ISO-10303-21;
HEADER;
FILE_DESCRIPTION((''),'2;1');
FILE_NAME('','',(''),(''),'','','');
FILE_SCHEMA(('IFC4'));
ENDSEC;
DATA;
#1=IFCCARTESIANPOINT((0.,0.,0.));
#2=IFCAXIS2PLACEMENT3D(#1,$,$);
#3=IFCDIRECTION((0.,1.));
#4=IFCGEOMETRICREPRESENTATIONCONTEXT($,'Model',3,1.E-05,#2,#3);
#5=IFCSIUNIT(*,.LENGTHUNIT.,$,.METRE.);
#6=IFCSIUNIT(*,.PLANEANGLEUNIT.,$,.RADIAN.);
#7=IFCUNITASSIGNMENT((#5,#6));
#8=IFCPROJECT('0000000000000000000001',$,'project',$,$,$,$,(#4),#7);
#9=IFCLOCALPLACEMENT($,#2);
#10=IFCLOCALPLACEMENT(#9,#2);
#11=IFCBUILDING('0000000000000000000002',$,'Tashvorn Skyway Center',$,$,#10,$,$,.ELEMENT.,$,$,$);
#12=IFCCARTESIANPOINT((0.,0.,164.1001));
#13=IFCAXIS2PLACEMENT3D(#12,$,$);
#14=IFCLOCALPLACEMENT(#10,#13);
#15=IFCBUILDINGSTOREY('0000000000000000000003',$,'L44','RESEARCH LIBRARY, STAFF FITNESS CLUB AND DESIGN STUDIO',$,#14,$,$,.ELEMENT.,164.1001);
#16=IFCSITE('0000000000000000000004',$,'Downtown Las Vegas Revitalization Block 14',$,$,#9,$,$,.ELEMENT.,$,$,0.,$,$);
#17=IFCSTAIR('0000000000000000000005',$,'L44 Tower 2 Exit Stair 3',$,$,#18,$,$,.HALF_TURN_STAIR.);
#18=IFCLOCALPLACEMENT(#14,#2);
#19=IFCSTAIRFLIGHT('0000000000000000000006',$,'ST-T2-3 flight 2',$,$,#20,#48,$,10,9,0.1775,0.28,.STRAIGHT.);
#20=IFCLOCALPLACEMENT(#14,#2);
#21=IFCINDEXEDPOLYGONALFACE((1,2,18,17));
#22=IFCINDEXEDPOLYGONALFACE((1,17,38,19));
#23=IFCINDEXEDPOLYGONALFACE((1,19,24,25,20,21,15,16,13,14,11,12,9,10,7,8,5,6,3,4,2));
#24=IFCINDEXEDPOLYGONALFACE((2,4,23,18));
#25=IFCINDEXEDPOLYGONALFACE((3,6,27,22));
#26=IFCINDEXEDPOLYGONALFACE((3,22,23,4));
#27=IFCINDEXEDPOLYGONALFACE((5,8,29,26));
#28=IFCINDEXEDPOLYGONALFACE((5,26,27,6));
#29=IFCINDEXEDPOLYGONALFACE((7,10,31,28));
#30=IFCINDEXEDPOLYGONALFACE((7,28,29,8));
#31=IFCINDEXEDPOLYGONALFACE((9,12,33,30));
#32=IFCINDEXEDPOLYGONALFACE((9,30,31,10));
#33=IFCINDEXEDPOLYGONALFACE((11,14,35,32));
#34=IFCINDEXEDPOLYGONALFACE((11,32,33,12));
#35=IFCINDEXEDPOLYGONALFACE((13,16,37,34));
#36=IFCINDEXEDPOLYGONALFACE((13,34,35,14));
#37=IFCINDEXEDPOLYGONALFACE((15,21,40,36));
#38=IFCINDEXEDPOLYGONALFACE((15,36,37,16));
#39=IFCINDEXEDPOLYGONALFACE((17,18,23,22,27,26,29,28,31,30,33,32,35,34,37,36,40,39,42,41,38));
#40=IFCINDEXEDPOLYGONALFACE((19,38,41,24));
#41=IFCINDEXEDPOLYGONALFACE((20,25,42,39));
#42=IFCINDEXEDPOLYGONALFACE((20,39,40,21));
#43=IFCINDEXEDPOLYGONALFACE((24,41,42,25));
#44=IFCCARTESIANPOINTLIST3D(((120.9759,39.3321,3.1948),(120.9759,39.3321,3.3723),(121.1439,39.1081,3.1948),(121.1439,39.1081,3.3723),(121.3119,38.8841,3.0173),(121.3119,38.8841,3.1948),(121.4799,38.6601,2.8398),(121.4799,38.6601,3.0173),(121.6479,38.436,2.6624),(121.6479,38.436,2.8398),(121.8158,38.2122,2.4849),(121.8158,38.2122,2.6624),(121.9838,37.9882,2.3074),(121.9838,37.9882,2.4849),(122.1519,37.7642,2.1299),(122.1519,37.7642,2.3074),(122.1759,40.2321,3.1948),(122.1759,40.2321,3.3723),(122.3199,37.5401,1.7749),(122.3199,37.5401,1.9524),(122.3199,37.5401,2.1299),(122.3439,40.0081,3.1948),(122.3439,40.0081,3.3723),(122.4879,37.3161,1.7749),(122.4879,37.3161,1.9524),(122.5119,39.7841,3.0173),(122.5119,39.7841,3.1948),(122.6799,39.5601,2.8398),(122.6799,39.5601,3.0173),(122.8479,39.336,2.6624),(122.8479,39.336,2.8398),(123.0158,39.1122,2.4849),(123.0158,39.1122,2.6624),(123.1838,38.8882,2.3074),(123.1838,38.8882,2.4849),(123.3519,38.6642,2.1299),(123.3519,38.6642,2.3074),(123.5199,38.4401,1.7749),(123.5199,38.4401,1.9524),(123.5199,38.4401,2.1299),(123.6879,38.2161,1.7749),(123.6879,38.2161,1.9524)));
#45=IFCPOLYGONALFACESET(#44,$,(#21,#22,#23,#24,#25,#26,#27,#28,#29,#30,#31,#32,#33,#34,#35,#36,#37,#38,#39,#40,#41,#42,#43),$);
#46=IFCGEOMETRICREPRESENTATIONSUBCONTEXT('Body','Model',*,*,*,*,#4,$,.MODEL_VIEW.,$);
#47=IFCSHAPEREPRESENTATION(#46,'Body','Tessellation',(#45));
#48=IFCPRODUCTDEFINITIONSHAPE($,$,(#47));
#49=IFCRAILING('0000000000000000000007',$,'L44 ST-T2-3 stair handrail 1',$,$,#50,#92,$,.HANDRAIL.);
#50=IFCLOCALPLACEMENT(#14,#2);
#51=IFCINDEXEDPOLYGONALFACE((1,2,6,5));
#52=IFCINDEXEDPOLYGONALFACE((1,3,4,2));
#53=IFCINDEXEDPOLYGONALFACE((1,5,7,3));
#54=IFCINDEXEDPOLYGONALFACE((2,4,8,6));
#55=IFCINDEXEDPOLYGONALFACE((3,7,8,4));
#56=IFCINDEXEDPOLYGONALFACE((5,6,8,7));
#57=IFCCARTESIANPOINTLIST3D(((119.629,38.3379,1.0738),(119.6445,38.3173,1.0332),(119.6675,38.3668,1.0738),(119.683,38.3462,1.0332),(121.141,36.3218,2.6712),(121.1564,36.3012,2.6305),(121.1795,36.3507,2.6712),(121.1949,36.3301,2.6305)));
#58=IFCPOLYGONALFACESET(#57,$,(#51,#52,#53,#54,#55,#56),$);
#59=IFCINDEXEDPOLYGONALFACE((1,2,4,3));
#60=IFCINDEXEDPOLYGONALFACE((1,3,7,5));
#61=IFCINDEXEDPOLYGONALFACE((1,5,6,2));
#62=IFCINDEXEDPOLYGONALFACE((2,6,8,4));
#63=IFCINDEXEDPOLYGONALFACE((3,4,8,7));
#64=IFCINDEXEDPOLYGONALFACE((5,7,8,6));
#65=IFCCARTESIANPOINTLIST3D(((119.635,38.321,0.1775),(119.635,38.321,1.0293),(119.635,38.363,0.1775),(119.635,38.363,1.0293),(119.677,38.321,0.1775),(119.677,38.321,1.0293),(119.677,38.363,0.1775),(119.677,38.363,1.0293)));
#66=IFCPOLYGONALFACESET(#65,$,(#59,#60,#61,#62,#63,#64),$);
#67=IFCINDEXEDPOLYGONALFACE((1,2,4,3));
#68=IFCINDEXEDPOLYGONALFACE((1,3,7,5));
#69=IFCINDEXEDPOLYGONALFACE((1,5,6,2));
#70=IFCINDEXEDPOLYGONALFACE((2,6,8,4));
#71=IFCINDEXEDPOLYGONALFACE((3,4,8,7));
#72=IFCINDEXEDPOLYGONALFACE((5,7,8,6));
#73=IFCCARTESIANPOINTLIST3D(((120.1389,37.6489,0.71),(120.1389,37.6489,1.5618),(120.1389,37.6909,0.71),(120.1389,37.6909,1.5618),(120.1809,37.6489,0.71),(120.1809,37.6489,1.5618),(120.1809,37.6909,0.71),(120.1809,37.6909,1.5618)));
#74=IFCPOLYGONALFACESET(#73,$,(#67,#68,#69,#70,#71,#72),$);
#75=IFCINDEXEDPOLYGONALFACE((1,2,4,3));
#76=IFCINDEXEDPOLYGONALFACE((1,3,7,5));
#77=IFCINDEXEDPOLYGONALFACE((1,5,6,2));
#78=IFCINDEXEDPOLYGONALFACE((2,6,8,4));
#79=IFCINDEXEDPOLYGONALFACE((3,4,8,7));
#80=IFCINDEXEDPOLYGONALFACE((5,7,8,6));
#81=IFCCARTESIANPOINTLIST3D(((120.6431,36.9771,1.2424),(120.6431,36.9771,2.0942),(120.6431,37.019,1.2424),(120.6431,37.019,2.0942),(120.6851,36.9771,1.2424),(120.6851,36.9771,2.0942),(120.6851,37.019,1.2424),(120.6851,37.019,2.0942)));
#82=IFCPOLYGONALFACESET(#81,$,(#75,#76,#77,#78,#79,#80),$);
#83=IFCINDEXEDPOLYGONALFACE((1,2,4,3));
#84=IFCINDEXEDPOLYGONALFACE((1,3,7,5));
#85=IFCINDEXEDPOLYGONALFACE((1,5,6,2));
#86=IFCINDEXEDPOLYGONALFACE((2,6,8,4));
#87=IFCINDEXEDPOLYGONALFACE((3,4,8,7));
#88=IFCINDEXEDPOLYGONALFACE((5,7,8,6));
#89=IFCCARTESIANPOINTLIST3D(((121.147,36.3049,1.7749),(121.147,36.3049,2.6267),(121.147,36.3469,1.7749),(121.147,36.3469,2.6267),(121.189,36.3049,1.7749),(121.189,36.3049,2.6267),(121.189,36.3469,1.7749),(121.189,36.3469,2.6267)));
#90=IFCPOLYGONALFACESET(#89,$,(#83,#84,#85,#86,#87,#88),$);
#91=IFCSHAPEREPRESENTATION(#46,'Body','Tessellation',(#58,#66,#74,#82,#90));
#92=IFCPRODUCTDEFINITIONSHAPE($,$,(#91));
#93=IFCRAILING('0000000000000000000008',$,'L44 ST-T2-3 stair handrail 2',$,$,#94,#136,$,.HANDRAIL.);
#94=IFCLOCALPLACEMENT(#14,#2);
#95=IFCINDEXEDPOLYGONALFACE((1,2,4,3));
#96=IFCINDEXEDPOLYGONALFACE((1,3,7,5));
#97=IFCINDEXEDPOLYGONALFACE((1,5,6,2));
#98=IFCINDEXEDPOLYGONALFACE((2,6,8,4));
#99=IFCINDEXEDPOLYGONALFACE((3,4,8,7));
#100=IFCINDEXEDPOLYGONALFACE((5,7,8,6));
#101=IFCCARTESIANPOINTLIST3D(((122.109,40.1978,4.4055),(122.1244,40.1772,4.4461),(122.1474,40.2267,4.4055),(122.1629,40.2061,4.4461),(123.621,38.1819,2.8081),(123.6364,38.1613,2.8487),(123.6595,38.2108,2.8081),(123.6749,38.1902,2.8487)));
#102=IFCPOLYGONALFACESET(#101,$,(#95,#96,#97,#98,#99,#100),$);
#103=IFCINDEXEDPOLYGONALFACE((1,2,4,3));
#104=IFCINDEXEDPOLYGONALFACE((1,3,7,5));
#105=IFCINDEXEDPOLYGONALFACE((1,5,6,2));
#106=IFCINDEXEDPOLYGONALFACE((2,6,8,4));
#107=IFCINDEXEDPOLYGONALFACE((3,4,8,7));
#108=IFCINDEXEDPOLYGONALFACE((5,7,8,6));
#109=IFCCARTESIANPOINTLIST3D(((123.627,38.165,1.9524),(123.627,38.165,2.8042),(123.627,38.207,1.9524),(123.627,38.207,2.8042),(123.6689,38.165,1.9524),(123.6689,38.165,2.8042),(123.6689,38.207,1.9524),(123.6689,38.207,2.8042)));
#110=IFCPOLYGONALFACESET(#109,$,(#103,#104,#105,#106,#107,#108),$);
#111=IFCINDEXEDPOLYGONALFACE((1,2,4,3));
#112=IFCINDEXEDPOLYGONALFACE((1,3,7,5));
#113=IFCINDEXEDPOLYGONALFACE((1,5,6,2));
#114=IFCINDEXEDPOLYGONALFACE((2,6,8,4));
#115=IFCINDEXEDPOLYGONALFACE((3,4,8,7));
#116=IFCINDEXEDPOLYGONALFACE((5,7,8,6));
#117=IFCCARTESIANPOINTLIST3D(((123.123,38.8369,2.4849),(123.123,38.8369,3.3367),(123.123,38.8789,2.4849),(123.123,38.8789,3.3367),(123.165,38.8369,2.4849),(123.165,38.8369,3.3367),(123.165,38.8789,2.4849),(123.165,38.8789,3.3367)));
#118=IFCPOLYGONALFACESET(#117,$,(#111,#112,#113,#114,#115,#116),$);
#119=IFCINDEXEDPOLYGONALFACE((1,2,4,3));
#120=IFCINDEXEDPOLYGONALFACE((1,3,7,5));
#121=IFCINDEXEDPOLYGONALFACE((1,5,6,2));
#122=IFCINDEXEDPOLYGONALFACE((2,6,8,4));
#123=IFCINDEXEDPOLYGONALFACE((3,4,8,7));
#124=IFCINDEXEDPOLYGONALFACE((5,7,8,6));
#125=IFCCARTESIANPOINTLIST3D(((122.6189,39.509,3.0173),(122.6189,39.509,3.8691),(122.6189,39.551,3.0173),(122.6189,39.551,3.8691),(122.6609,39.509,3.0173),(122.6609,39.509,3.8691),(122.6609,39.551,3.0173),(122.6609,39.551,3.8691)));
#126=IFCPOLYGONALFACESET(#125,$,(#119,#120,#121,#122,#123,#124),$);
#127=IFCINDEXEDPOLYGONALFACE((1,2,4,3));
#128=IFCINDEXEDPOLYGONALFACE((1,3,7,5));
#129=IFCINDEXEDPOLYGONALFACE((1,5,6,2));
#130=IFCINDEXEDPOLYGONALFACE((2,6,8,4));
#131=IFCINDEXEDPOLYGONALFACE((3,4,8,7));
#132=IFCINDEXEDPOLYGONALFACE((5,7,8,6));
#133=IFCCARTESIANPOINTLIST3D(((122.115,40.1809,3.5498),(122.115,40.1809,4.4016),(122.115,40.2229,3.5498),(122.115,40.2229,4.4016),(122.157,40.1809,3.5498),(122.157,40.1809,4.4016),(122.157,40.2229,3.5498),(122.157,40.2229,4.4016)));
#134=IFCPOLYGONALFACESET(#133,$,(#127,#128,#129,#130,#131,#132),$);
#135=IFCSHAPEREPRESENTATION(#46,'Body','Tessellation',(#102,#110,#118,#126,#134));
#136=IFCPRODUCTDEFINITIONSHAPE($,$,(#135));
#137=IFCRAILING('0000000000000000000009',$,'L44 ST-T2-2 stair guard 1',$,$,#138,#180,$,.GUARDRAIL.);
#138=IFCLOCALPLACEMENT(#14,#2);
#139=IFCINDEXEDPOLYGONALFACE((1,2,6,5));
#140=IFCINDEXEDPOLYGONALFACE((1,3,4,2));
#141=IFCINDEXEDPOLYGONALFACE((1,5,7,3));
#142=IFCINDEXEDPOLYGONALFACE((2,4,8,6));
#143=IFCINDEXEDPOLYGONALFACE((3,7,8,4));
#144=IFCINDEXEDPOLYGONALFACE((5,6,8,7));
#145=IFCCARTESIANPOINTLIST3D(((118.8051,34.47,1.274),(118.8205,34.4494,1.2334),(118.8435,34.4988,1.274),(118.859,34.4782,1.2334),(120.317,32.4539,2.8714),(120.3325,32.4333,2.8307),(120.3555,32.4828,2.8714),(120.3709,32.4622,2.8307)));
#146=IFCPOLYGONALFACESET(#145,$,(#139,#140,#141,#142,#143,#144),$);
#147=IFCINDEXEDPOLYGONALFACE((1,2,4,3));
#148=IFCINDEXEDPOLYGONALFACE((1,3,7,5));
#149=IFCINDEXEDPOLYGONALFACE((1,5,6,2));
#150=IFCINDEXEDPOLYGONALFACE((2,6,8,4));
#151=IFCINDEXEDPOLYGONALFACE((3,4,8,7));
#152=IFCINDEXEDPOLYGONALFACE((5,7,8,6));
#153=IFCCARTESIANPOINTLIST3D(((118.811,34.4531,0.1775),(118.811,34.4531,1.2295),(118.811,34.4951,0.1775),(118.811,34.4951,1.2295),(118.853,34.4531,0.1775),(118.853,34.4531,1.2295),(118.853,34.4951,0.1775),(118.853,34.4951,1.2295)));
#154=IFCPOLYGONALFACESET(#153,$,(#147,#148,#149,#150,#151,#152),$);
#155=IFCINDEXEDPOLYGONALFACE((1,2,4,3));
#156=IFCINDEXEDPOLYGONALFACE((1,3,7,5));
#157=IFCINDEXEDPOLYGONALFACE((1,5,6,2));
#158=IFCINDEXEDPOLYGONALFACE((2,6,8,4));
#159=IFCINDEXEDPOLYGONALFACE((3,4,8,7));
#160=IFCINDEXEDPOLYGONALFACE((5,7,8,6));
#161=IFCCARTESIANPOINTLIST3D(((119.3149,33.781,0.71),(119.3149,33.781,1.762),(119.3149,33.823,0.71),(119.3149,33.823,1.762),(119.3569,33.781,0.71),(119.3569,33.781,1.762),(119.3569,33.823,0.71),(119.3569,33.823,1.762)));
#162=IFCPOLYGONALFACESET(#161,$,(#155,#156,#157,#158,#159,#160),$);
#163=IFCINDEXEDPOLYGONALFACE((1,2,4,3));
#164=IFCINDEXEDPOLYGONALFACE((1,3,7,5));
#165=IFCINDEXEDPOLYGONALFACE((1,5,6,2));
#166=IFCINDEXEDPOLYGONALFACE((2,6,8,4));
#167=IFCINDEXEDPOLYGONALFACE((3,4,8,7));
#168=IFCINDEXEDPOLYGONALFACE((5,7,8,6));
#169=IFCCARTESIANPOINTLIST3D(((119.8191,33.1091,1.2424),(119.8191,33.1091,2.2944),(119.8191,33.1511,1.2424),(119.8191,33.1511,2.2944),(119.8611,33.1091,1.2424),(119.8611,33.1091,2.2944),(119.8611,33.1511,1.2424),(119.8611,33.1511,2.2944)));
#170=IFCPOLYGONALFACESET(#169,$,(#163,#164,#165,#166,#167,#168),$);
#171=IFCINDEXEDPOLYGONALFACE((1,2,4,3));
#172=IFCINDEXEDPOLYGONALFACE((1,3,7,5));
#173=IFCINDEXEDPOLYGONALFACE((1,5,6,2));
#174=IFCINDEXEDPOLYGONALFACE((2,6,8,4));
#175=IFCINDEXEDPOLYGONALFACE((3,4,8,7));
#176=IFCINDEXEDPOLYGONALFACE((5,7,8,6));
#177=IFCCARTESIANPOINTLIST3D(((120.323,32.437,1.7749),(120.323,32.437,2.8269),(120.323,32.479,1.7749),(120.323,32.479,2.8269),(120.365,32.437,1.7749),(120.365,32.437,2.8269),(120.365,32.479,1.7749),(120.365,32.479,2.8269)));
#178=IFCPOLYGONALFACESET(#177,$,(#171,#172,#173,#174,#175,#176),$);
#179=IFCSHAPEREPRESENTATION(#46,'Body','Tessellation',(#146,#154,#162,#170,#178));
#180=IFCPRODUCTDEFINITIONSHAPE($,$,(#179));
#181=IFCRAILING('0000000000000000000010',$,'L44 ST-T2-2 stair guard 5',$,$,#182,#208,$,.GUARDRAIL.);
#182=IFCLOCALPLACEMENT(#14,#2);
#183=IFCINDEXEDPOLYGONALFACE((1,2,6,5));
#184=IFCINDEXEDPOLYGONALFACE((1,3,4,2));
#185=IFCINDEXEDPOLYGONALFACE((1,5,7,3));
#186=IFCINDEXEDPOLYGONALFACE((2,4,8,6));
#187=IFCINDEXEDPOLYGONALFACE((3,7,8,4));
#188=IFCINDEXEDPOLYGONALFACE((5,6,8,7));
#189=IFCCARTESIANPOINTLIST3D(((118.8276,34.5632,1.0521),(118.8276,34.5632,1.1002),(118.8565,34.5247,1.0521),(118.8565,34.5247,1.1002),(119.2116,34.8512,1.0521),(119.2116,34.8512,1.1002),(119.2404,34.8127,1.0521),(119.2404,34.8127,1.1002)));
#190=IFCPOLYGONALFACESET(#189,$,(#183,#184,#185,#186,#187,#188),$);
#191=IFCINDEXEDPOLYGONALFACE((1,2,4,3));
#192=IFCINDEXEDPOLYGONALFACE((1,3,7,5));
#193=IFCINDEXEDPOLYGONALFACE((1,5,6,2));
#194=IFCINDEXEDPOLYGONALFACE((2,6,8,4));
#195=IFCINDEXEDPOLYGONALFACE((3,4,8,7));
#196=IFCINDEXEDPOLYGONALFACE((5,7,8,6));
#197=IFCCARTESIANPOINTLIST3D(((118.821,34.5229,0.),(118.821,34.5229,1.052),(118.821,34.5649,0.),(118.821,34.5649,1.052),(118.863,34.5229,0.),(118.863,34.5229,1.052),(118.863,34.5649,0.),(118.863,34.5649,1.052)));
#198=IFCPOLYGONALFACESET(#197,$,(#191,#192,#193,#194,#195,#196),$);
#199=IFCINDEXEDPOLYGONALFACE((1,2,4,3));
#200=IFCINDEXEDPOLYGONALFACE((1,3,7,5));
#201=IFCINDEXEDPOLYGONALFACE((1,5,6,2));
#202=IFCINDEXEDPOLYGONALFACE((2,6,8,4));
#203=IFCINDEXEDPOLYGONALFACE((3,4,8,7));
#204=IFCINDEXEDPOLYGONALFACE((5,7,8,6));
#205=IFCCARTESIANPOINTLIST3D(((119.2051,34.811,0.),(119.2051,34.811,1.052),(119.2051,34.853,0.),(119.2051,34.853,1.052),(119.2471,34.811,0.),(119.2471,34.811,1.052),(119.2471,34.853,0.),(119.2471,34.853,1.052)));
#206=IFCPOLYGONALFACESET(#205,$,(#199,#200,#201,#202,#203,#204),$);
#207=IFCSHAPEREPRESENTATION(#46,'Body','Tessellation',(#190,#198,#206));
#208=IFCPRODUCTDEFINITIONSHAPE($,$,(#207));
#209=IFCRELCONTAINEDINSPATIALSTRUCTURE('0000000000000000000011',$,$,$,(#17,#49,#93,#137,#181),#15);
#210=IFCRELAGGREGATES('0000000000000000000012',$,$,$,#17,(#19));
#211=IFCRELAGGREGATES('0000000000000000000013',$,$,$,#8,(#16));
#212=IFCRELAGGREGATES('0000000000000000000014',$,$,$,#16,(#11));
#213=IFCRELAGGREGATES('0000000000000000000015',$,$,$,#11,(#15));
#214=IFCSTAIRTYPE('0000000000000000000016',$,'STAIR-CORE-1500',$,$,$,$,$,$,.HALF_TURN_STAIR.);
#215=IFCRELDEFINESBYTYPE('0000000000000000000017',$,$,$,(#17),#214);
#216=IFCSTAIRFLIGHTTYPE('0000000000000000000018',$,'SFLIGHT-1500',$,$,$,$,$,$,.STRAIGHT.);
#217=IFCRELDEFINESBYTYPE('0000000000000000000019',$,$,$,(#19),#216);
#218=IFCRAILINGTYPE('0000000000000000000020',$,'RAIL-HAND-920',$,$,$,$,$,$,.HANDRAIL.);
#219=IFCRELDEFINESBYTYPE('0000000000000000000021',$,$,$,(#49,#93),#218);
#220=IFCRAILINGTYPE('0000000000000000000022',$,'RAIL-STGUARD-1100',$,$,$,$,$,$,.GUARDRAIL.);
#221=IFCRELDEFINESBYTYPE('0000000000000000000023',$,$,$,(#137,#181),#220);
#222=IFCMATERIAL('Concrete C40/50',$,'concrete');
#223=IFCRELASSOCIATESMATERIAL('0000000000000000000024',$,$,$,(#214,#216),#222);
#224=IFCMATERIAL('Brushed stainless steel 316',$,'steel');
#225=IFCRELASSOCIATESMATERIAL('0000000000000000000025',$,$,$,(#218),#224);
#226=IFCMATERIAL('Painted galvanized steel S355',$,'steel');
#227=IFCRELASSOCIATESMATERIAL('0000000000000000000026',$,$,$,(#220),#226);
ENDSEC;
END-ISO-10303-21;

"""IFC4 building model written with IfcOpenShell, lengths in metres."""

from ifc_helpers import new_model, si_unit, direction, frame, origin, origin_2d, place, context, subcontext, project, spatial, polyline, rectangle, outline, extrude, material, type_object, element, aggregate, save


model = new_model("IFC4")

# Units and contexts
model_context = context("Model", 3, precision=1e-05, world=origin(), true_north=direction((0.0, 1.0)))
body_context = subcontext(model_context, "Body", "Model", "MODEL_VIEW")
ifc_project = project(units=[si_unit("LENGTHUNIT", "METRE"), si_unit("PLANEANGLEUNIT", "RADIAN")], contexts=[model_context])

# Site, building, storey
site_placement = place(None, origin())
site = spatial("IfcSite", under=ifc_project, at=site_placement, Name="Downtown Las Vegas Revitalization Block 14", CompositionType="ELEMENT", RefElevation=0.0)
building_placement = place(site_placement, origin())
building = spatial("IfcBuilding", under=site, at=building_placement, Name="Tashvorn Skyway Center", CompositionType="ELEMENT")
storey_placement = place(building_placement, frame((0.0, 0.0, 164.1001)))
storey = spatial("IfcBuildingStorey", under=building, at=storey_placement, Name="L44", Description="RESEARCH LIBRARY, STAFF FITNESS CLUB AND DESIGN STUDIO", CompositionType="ELEMENT", Elevation=164.1001)

# Shared definitions
ifc_material_1 = material(Name="Concrete C40/50", Category="concrete")

# Shared definitions
stair_type = type_object("IfcStairType", Name="STAIR-CORE-1500", PredefinedType="HALF_TURN_STAIR", material=ifc_material_1)
stair_flight_type = type_object("IfcStairFlightType", Name="SFLIGHT-1500", PredefinedType="STRAIGHT", material=ifc_material_1)

# Stair, stair flight
stair_1_placement = place(storey_placement, origin())
stair_1 = element("IfcStair", 1, at=stair_1_placement, inside=storey, type_object=stair_type, Name="L44 Tower 2 Exit Stair 3", PredefinedType="HALF_TURN_STAIR")
stair_flight_1_placement = place(storey_placement, frame((123.0879, 37.7661, 1.7749), z_axis=(0.0, 0.0, 1.0), x_axis=(-0.6, 0.8, 0.0)))
stair_flight_1 = element("IfcStairFlight", 2, at=stair_flight_1_placement, type_object=stair_flight_type, Name="ST-T2-3 flight 2", NumberOfRisers=10, NumberOfTreads=9, PredefinedType="STRAIGHT", RiserHeight=0.1775, TreadLength=0.28, context=body_context, shape_type="SweptSolid", body=[
    extrude(outline(polyline([(0.0, 0.0), (0.0, 0.1775), (0.28, 0.1775), (0.28, 0.355), (0.5601, 0.355), (0.5601, 0.5325), (0.8401, 0.5325), (0.8401, 0.71), (1.1201, 0.71), (1.1201, 0.8875), (1.3999, 0.8875), (1.3999, 1.0649), (1.6799, 1.0649), (1.6799, 1.2424), (1.96, 1.2424), (1.96, 1.4199), (2.24, 1.4199), (2.24, 1.5974), (2.52, 1.5974), (2.52, 1.7749), (2.52, 1.4199), (0.28, 0.0), (0.0, 0.0)])), frame((0.0, 0.75, 0.0), z_axis=(0.0, -1.0, 0.0), x_axis=(1.0, 0.0, 0.0)), (0.0, 0.0, 1.0), 1.5),
])
aggregate(stair_1, [stair_flight_1])

# Railings
ifc_material_2 = material(Name="Brushed stainless steel 316", Category="steel")
railing_type_1 = type_object("IfcRailingType", Name="RAIL-HAND-920", PredefinedType="HANDRAIL", material=ifc_material_2)
railing_1_placement = place(storey_placement, frame((119.656, 38.342, 0.1775)))
element("IfcRailing", 3, at=railing_1_placement, inside=storey, type_object=railing_type_1, Name="L44 ST-T2-3 stair handrail 1", PredefinedType="HANDRAIL", context=body_context, shape_type="SweptSolid", body=[
    extrude(rectangle(XDim=0.0481, YDim=0.0481, at=origin_2d()), frame((0.0, 0.0, 0.876), z_axis=(0.506741, -0.675709, 0.535379), x_axis=(0.800023, 0.599969, 0.0)), (0.0, 0.0, 1.0), 2.9836),
    extrude(rectangle(XDim=0.042, YDim=0.042, at=origin_2d()), origin(), (0.0, 0.0, 1.0), 0.8518),
    extrude(rectangle(XDim=0.042, YDim=0.042, at=origin_2d()), frame((0.5039, -0.6721, 0.5325)), (0.0, 0.0, 1.0), 0.8518),
    extrude(rectangle(XDim=0.042, YDim=0.042, at=origin_2d()), frame((1.0081, -1.344, 1.0649)), (0.0, 0.0, 1.0), 0.8518),
    extrude(rectangle(XDim=0.042, YDim=0.042, at=origin_2d()), frame((1.512, -2.0161, 1.5974)), (0.0, 0.0, 1.0), 0.8518),
])
railing_2_placement = place(storey_placement, frame((123.6479, 38.186, 1.9524)))
element("IfcRailing", 4, at=railing_2_placement, inside=storey, type_object=railing_type_1, Name="L44 ST-T2-3 stair handrail 2", PredefinedType="HANDRAIL", context=body_context, shape_type="SweptSolid", body=[
    extrude(rectangle(XDim=0.0481, YDim=0.0481, at=origin_2d()), frame((0.0, 0.0, 0.876), z_axis=(-0.506769, 0.675664, 0.535409), x_axis=(-0.799988, -0.600016, 0.0)), (0.0, 0.0, 1.0), 2.9836),
    extrude(rectangle(XDim=0.042, YDim=0.042, at=origin_2d()), origin(), (0.0, 0.0, 1.0), 0.8518),
    extrude(rectangle(XDim=0.042, YDim=0.042, at=origin_2d()), frame((-0.5039, 0.6719, 0.5325)), (0.0, 0.0, 1.0), 0.8518),
    extrude(rectangle(XDim=0.042, YDim=0.042, at=origin_2d()), frame((-1.0081, 1.344, 1.0649)), (0.0, 0.0, 1.0), 0.8518),
    extrude(rectangle(XDim=0.042, YDim=0.042, at=origin_2d()), frame((-1.512, 2.0159, 1.5974)), (0.0, 0.0, 1.0), 0.8518),
])
ifc_material_3 = material(Name="Painted galvanized steel S355", Category="steel")
railing_type_2 = type_object("IfcRailingType", Name="RAIL-STGUARD-1100", PredefinedType="GUARDRAIL", material=ifc_material_3)
railing_3_placement = place(storey_placement, frame((118.832, 34.4741, 0.1775)))
element("IfcRailing", 5, at=railing_3_placement, inside=storey, type_object=railing_type_2, Name="L44 ST-T2-2 stair guard 1", PredefinedType="GUARDRAIL", context=body_context, shape_type="SweptSolid", body=[
    extrude(rectangle(XDim=0.0481, YDim=0.0481, at=origin_2d()), frame((0.0, 0.0, 1.0762), z_axis=(0.506741, -0.675709, 0.535379), x_axis=(0.800023, 0.599969, 0.0)), (0.0, 0.0, 1.0), 2.9836),
    extrude(rectangle(XDim=0.042, YDim=0.042, at=origin_2d()), origin(), (0.0, 0.0, 1.0), 1.052),
    extrude(rectangle(XDim=0.042, YDim=0.042, at=origin_2d()), frame((0.5039, -0.6721, 0.5325)), (0.0, 0.0, 1.0), 1.052),
    extrude(rectangle(XDim=0.042, YDim=0.042, at=origin_2d()), frame((1.0081, -1.344, 1.0649)), (0.0, 0.0, 1.0), 1.052),
    extrude(rectangle(XDim=0.042, YDim=0.042, at=origin_2d()), frame((1.512, -2.0161, 1.5974)), (0.0, 0.0, 1.0), 1.052),
])
railing_4_placement = place(storey_placement, frame((118.842, 34.5439, 0.0)))
element("IfcRailing", 6, at=railing_4_placement, inside=storey, type_object=railing_type_2, Name="L44 ST-T2-2 stair guard 5", PredefinedType="GUARDRAIL", context=body_context, shape_type="SweptSolid", body=[
    extrude(rectangle(XDim=0.0481, YDim=0.0481, at=origin_2d()), frame((0.0, 0.0, 1.0762), z_axis=(0.799939, 0.600081, 0.0), x_axis=(-0.600081, 0.799939, 0.0)), (0.0, 0.0, 1.0), 0.48),
    extrude(rectangle(XDim=0.042, YDim=0.042, at=origin_2d()), origin(), (0.0, 0.0, 1.0), 1.052),
    extrude(rectangle(XDim=0.042, YDim=0.042, at=origin_2d()), frame((0.384, 0.2881, 0.0)), (0.0, 0.0, 1.0), 1.052),
])

save(model, "model.ifc")
